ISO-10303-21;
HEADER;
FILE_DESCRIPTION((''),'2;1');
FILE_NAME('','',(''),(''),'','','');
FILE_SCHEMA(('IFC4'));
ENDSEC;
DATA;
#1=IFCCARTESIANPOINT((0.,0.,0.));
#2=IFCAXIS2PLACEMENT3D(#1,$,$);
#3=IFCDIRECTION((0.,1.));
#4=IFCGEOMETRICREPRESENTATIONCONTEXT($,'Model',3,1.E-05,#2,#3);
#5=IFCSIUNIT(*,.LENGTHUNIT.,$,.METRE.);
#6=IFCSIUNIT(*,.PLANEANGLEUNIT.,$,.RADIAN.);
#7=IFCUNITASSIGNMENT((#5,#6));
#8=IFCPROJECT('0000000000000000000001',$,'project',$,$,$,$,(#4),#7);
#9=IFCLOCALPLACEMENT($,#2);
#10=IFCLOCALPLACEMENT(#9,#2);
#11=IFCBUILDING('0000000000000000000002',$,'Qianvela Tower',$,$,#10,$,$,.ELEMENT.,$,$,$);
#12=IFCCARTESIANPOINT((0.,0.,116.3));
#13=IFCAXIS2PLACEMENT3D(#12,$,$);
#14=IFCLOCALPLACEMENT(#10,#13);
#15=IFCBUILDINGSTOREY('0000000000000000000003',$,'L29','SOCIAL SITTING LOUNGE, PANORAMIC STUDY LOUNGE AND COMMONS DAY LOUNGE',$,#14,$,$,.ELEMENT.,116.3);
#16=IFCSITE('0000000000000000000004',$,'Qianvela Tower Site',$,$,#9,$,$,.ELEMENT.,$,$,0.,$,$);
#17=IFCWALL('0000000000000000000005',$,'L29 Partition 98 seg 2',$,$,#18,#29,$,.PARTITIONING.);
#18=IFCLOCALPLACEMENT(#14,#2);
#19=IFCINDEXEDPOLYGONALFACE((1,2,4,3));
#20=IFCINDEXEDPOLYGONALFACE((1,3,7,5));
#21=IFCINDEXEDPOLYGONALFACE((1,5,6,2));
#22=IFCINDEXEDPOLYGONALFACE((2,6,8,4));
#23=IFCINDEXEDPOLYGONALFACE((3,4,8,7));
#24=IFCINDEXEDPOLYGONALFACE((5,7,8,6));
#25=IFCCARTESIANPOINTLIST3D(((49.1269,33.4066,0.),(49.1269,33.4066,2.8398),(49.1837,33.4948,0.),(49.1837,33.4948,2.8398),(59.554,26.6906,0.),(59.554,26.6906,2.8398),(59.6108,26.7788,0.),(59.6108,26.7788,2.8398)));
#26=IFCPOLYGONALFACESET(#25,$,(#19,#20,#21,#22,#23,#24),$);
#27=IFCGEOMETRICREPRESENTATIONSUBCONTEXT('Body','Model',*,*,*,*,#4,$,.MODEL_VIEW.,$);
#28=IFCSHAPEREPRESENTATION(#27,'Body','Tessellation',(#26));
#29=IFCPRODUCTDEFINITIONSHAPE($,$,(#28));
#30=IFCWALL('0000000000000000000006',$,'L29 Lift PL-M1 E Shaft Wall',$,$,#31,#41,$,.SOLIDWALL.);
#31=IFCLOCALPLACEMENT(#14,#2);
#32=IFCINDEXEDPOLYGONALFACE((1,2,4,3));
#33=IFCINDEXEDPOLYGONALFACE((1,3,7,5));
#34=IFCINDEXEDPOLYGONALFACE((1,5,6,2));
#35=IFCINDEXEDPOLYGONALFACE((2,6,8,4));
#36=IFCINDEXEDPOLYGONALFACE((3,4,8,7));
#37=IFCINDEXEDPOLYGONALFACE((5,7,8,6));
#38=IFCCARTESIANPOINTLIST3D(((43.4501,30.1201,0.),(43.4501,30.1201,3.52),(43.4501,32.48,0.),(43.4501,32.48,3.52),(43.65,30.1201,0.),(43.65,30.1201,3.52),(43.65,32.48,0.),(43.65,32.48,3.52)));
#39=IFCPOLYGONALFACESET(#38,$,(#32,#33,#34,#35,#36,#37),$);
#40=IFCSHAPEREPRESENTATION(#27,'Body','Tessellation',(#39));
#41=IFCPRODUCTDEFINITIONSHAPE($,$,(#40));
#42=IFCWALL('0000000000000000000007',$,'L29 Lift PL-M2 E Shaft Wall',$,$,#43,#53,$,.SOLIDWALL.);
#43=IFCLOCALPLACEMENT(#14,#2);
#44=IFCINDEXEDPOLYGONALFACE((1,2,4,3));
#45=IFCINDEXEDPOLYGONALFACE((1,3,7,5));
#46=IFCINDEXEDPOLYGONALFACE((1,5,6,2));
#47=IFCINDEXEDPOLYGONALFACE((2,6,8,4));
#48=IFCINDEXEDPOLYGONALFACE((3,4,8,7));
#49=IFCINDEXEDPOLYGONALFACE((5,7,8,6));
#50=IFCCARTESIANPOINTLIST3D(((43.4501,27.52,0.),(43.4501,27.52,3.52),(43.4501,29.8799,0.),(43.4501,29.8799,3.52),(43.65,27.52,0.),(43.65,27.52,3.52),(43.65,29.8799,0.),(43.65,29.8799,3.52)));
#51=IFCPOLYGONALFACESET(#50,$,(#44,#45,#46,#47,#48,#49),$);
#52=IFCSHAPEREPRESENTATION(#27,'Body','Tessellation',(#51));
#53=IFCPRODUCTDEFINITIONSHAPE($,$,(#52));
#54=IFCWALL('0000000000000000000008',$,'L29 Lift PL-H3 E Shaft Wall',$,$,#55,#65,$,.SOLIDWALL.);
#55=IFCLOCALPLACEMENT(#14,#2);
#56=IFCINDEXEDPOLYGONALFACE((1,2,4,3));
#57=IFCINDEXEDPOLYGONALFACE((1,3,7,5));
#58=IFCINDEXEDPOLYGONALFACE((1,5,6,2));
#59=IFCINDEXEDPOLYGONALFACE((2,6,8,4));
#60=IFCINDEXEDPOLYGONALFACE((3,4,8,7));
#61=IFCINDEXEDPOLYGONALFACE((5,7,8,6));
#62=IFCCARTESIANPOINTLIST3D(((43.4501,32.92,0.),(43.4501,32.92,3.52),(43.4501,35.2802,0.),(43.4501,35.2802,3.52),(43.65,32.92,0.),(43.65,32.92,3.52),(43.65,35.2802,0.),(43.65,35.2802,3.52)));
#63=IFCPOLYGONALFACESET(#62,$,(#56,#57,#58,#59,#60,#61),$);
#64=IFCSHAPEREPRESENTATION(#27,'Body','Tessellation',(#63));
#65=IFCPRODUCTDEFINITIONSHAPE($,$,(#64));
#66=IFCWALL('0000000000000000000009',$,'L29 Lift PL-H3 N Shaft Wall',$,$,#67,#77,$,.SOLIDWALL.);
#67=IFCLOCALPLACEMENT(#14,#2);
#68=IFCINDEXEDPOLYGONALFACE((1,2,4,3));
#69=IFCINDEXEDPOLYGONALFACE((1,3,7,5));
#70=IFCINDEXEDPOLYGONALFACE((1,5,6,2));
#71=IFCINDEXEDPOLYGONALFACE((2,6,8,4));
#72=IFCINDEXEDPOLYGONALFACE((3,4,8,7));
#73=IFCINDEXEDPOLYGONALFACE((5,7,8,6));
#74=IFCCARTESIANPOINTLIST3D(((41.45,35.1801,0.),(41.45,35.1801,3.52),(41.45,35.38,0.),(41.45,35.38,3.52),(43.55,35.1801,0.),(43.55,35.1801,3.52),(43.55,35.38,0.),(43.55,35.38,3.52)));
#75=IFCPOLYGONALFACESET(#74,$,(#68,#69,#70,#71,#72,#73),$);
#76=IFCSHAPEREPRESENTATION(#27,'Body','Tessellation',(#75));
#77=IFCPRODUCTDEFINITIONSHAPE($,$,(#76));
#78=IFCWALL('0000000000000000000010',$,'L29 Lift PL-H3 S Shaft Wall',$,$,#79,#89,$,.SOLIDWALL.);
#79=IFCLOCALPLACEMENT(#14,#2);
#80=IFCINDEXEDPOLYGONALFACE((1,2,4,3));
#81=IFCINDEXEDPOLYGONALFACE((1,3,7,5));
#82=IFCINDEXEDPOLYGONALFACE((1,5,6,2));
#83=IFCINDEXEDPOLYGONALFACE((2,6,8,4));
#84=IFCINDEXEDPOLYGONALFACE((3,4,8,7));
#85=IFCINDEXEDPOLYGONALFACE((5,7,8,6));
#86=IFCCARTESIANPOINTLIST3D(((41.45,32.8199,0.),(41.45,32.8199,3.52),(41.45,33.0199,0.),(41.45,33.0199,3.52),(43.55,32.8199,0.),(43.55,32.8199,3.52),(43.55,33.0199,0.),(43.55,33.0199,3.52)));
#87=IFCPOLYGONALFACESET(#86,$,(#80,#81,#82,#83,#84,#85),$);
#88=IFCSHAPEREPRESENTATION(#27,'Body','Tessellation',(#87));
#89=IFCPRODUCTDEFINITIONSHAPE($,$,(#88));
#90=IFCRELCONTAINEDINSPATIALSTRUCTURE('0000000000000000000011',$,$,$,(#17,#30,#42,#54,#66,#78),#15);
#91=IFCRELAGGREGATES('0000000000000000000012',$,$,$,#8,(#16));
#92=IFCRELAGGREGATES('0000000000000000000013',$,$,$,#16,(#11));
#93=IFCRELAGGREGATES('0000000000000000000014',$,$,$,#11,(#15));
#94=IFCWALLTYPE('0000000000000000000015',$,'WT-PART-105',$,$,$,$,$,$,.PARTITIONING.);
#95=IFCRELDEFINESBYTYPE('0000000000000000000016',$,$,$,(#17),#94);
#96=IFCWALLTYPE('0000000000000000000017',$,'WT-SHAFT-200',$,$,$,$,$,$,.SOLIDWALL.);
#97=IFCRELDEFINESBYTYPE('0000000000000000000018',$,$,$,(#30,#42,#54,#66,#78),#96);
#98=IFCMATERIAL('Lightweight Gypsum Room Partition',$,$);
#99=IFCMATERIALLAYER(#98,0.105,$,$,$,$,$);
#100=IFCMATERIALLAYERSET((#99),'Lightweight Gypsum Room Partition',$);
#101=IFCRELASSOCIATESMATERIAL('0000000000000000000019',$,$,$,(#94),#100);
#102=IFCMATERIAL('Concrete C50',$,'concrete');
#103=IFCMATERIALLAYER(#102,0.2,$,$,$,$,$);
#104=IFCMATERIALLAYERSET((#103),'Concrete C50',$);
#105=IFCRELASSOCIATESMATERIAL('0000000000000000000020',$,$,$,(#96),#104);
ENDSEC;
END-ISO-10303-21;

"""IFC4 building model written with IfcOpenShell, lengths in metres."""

from ifc_helpers import new_model, si_unit, direction, frame, frame_2d, origin, place, context, subcontext, project, spatial, rectangle, extrude, material, layer, layer_set, type_object, element, save


model = new_model("IFC4")

# Units and contexts
model_context = context("Model", 3, precision=1e-05, world=origin(), true_north=direction((0.0, 1.0)))
body_context = subcontext(model_context, "Body", "Model", "MODEL_VIEW")
ifc_project = project(units=[si_unit("LENGTHUNIT", "METRE"), si_unit("PLANEANGLEUNIT", "RADIAN")], contexts=[model_context])

# Site, building, storey
site_placement = place(None, origin())
site = spatial("IfcSite", under=ifc_project, at=site_placement, Name="Qianvela Tower Site", CompositionType="ELEMENT", RefElevation=0.0)
building_placement = place(site_placement, origin())
building = spatial("IfcBuilding", under=site, at=building_placement, Name="Qianvela Tower", CompositionType="ELEMENT")
storey_placement = place(building_placement, frame((0.0, 0.0, 116.3)))
storey = spatial("IfcBuildingStorey", under=building, at=storey_placement, Name="L29", Description="SOCIAL SITTING LOUNGE, PANORAMIC STUDY LOUNGE AND COMMONS DAY LOUNGE", CompositionType="ELEMENT", Elevation=116.3)

# Walls
ifc_material_1 = material(Name="Lightweight Gypsum Room Partition")
ifc_layer_1 = layer(ifc_material_1, 0.105)
ifc_layer_set_1 = layer_set([ifc_layer_1], Name="Lightweight Gypsum Room Partition")
wall_type_1 = type_object("IfcWallType", Name="WT-PART-105", PredefinedType="PARTITIONING", material=ifc_layer_set_1)
wall_1_placement = place(storey_placement, frame((49.1553, 33.4507, 0.0), z_axis=(0.0, 0.0, 1.0), x_axis=(0.840707, -0.54149, 0.0)))
element("IfcWall", 1, at=wall_1_placement, inside=storey, type_object=wall_type_1, Name="L29 Partition 98 seg 2", PredefinedType="PARTITIONING", context=body_context, shape_type="SweptSolid", body=[
    extrude(rectangle(XDim=12.4028, YDim=0.105, at=frame_2d((6.2014, 0.0))), origin(), (0.0, 0.0, 1.0), 2.8398),
])
ifc_material_2 = material(Name="Concrete C50", Category="concrete")
ifc_layer_2 = layer(ifc_material_2, 0.2)
ifc_layer_set_2 = layer_set([ifc_layer_2], Name="Concrete C50")
wall_type_2 = type_object("IfcWallType", Name="WT-SHAFT-200", PredefinedType="SOLIDWALL", material=ifc_layer_set_2)
for number, where, z_axis, x_axis, name in (
    (2, (43.55, 30.1201, 0.0), (0.0, 0.0, 1.0), (0.0, 1.0, 0.0), "L29 Lift PL-M1 E Shaft Wall"),
    (3, (43.55, 27.52, 0.0), (0.0, 0.0, 1.0), (0.0, 1.0, 0.0), "L29 Lift PL-M2 E Shaft Wall"),
):
    element("IfcWall", number, at=place(storey_placement, frame(where, z_axis=z_axis, x_axis=x_axis)), inside=storey, type_object=wall_type_2, Name=name, PredefinedType="SOLIDWALL", context=body_context, shape_type="SweptSolid", body=[
        extrude(rectangle(XDim=2.3599, YDim=0.2, at=frame_2d((1.1799, 0.0))), origin(), (0.0, 0.0, 1.0), 3.52),
    ])
wall_2_placement = place(storey_placement, frame((43.55, 32.9199, 0.0), z_axis=(0.0, 0.0, 1.0), x_axis=(0.0, 1.0, 0.0)))
element("IfcWall", 4, at=wall_2_placement, inside=storey, type_object=wall_type_2, Name="L29 Lift PL-H3 E Shaft Wall", PredefinedType="SOLIDWALL", context=body_context, shape_type="SweptSolid", body=[
    extrude(rectangle(XDim=2.3601, YDim=0.2, at=frame_2d((1.1802, 0.0))), origin(), (0.0, 0.0, 1.0), 3.52),
])
for number, where, z_axis, x_axis, name in (
    (5, (41.45, 35.28, 0.0), (0.0, 0.0, 1.0), (1.0, 0.0, 0.0), "L29 Lift PL-H3 N Shaft Wall"),
    (6, (41.45, 32.9199, 0.0), (0.0, 0.0, 1.0), (1.0, 0.0, 0.0), "L29 Lift PL-H3 S Shaft Wall"),
):
    element("IfcWall", number, at=place(storey_placement, frame(where, z_axis=z_axis, x_axis=x_axis)), inside=storey, type_object=wall_type_2, Name=name, PredefinedType="SOLIDWALL", context=body_context, shape_type="SweptSolid", body=[
        extrude(rectangle(XDim=2.1001, YDim=0.2, at=frame_2d((1.05, 0.0))), origin(), (0.0, 0.0, 1.0), 3.52),
    ])

save(model, "model.ifc")
